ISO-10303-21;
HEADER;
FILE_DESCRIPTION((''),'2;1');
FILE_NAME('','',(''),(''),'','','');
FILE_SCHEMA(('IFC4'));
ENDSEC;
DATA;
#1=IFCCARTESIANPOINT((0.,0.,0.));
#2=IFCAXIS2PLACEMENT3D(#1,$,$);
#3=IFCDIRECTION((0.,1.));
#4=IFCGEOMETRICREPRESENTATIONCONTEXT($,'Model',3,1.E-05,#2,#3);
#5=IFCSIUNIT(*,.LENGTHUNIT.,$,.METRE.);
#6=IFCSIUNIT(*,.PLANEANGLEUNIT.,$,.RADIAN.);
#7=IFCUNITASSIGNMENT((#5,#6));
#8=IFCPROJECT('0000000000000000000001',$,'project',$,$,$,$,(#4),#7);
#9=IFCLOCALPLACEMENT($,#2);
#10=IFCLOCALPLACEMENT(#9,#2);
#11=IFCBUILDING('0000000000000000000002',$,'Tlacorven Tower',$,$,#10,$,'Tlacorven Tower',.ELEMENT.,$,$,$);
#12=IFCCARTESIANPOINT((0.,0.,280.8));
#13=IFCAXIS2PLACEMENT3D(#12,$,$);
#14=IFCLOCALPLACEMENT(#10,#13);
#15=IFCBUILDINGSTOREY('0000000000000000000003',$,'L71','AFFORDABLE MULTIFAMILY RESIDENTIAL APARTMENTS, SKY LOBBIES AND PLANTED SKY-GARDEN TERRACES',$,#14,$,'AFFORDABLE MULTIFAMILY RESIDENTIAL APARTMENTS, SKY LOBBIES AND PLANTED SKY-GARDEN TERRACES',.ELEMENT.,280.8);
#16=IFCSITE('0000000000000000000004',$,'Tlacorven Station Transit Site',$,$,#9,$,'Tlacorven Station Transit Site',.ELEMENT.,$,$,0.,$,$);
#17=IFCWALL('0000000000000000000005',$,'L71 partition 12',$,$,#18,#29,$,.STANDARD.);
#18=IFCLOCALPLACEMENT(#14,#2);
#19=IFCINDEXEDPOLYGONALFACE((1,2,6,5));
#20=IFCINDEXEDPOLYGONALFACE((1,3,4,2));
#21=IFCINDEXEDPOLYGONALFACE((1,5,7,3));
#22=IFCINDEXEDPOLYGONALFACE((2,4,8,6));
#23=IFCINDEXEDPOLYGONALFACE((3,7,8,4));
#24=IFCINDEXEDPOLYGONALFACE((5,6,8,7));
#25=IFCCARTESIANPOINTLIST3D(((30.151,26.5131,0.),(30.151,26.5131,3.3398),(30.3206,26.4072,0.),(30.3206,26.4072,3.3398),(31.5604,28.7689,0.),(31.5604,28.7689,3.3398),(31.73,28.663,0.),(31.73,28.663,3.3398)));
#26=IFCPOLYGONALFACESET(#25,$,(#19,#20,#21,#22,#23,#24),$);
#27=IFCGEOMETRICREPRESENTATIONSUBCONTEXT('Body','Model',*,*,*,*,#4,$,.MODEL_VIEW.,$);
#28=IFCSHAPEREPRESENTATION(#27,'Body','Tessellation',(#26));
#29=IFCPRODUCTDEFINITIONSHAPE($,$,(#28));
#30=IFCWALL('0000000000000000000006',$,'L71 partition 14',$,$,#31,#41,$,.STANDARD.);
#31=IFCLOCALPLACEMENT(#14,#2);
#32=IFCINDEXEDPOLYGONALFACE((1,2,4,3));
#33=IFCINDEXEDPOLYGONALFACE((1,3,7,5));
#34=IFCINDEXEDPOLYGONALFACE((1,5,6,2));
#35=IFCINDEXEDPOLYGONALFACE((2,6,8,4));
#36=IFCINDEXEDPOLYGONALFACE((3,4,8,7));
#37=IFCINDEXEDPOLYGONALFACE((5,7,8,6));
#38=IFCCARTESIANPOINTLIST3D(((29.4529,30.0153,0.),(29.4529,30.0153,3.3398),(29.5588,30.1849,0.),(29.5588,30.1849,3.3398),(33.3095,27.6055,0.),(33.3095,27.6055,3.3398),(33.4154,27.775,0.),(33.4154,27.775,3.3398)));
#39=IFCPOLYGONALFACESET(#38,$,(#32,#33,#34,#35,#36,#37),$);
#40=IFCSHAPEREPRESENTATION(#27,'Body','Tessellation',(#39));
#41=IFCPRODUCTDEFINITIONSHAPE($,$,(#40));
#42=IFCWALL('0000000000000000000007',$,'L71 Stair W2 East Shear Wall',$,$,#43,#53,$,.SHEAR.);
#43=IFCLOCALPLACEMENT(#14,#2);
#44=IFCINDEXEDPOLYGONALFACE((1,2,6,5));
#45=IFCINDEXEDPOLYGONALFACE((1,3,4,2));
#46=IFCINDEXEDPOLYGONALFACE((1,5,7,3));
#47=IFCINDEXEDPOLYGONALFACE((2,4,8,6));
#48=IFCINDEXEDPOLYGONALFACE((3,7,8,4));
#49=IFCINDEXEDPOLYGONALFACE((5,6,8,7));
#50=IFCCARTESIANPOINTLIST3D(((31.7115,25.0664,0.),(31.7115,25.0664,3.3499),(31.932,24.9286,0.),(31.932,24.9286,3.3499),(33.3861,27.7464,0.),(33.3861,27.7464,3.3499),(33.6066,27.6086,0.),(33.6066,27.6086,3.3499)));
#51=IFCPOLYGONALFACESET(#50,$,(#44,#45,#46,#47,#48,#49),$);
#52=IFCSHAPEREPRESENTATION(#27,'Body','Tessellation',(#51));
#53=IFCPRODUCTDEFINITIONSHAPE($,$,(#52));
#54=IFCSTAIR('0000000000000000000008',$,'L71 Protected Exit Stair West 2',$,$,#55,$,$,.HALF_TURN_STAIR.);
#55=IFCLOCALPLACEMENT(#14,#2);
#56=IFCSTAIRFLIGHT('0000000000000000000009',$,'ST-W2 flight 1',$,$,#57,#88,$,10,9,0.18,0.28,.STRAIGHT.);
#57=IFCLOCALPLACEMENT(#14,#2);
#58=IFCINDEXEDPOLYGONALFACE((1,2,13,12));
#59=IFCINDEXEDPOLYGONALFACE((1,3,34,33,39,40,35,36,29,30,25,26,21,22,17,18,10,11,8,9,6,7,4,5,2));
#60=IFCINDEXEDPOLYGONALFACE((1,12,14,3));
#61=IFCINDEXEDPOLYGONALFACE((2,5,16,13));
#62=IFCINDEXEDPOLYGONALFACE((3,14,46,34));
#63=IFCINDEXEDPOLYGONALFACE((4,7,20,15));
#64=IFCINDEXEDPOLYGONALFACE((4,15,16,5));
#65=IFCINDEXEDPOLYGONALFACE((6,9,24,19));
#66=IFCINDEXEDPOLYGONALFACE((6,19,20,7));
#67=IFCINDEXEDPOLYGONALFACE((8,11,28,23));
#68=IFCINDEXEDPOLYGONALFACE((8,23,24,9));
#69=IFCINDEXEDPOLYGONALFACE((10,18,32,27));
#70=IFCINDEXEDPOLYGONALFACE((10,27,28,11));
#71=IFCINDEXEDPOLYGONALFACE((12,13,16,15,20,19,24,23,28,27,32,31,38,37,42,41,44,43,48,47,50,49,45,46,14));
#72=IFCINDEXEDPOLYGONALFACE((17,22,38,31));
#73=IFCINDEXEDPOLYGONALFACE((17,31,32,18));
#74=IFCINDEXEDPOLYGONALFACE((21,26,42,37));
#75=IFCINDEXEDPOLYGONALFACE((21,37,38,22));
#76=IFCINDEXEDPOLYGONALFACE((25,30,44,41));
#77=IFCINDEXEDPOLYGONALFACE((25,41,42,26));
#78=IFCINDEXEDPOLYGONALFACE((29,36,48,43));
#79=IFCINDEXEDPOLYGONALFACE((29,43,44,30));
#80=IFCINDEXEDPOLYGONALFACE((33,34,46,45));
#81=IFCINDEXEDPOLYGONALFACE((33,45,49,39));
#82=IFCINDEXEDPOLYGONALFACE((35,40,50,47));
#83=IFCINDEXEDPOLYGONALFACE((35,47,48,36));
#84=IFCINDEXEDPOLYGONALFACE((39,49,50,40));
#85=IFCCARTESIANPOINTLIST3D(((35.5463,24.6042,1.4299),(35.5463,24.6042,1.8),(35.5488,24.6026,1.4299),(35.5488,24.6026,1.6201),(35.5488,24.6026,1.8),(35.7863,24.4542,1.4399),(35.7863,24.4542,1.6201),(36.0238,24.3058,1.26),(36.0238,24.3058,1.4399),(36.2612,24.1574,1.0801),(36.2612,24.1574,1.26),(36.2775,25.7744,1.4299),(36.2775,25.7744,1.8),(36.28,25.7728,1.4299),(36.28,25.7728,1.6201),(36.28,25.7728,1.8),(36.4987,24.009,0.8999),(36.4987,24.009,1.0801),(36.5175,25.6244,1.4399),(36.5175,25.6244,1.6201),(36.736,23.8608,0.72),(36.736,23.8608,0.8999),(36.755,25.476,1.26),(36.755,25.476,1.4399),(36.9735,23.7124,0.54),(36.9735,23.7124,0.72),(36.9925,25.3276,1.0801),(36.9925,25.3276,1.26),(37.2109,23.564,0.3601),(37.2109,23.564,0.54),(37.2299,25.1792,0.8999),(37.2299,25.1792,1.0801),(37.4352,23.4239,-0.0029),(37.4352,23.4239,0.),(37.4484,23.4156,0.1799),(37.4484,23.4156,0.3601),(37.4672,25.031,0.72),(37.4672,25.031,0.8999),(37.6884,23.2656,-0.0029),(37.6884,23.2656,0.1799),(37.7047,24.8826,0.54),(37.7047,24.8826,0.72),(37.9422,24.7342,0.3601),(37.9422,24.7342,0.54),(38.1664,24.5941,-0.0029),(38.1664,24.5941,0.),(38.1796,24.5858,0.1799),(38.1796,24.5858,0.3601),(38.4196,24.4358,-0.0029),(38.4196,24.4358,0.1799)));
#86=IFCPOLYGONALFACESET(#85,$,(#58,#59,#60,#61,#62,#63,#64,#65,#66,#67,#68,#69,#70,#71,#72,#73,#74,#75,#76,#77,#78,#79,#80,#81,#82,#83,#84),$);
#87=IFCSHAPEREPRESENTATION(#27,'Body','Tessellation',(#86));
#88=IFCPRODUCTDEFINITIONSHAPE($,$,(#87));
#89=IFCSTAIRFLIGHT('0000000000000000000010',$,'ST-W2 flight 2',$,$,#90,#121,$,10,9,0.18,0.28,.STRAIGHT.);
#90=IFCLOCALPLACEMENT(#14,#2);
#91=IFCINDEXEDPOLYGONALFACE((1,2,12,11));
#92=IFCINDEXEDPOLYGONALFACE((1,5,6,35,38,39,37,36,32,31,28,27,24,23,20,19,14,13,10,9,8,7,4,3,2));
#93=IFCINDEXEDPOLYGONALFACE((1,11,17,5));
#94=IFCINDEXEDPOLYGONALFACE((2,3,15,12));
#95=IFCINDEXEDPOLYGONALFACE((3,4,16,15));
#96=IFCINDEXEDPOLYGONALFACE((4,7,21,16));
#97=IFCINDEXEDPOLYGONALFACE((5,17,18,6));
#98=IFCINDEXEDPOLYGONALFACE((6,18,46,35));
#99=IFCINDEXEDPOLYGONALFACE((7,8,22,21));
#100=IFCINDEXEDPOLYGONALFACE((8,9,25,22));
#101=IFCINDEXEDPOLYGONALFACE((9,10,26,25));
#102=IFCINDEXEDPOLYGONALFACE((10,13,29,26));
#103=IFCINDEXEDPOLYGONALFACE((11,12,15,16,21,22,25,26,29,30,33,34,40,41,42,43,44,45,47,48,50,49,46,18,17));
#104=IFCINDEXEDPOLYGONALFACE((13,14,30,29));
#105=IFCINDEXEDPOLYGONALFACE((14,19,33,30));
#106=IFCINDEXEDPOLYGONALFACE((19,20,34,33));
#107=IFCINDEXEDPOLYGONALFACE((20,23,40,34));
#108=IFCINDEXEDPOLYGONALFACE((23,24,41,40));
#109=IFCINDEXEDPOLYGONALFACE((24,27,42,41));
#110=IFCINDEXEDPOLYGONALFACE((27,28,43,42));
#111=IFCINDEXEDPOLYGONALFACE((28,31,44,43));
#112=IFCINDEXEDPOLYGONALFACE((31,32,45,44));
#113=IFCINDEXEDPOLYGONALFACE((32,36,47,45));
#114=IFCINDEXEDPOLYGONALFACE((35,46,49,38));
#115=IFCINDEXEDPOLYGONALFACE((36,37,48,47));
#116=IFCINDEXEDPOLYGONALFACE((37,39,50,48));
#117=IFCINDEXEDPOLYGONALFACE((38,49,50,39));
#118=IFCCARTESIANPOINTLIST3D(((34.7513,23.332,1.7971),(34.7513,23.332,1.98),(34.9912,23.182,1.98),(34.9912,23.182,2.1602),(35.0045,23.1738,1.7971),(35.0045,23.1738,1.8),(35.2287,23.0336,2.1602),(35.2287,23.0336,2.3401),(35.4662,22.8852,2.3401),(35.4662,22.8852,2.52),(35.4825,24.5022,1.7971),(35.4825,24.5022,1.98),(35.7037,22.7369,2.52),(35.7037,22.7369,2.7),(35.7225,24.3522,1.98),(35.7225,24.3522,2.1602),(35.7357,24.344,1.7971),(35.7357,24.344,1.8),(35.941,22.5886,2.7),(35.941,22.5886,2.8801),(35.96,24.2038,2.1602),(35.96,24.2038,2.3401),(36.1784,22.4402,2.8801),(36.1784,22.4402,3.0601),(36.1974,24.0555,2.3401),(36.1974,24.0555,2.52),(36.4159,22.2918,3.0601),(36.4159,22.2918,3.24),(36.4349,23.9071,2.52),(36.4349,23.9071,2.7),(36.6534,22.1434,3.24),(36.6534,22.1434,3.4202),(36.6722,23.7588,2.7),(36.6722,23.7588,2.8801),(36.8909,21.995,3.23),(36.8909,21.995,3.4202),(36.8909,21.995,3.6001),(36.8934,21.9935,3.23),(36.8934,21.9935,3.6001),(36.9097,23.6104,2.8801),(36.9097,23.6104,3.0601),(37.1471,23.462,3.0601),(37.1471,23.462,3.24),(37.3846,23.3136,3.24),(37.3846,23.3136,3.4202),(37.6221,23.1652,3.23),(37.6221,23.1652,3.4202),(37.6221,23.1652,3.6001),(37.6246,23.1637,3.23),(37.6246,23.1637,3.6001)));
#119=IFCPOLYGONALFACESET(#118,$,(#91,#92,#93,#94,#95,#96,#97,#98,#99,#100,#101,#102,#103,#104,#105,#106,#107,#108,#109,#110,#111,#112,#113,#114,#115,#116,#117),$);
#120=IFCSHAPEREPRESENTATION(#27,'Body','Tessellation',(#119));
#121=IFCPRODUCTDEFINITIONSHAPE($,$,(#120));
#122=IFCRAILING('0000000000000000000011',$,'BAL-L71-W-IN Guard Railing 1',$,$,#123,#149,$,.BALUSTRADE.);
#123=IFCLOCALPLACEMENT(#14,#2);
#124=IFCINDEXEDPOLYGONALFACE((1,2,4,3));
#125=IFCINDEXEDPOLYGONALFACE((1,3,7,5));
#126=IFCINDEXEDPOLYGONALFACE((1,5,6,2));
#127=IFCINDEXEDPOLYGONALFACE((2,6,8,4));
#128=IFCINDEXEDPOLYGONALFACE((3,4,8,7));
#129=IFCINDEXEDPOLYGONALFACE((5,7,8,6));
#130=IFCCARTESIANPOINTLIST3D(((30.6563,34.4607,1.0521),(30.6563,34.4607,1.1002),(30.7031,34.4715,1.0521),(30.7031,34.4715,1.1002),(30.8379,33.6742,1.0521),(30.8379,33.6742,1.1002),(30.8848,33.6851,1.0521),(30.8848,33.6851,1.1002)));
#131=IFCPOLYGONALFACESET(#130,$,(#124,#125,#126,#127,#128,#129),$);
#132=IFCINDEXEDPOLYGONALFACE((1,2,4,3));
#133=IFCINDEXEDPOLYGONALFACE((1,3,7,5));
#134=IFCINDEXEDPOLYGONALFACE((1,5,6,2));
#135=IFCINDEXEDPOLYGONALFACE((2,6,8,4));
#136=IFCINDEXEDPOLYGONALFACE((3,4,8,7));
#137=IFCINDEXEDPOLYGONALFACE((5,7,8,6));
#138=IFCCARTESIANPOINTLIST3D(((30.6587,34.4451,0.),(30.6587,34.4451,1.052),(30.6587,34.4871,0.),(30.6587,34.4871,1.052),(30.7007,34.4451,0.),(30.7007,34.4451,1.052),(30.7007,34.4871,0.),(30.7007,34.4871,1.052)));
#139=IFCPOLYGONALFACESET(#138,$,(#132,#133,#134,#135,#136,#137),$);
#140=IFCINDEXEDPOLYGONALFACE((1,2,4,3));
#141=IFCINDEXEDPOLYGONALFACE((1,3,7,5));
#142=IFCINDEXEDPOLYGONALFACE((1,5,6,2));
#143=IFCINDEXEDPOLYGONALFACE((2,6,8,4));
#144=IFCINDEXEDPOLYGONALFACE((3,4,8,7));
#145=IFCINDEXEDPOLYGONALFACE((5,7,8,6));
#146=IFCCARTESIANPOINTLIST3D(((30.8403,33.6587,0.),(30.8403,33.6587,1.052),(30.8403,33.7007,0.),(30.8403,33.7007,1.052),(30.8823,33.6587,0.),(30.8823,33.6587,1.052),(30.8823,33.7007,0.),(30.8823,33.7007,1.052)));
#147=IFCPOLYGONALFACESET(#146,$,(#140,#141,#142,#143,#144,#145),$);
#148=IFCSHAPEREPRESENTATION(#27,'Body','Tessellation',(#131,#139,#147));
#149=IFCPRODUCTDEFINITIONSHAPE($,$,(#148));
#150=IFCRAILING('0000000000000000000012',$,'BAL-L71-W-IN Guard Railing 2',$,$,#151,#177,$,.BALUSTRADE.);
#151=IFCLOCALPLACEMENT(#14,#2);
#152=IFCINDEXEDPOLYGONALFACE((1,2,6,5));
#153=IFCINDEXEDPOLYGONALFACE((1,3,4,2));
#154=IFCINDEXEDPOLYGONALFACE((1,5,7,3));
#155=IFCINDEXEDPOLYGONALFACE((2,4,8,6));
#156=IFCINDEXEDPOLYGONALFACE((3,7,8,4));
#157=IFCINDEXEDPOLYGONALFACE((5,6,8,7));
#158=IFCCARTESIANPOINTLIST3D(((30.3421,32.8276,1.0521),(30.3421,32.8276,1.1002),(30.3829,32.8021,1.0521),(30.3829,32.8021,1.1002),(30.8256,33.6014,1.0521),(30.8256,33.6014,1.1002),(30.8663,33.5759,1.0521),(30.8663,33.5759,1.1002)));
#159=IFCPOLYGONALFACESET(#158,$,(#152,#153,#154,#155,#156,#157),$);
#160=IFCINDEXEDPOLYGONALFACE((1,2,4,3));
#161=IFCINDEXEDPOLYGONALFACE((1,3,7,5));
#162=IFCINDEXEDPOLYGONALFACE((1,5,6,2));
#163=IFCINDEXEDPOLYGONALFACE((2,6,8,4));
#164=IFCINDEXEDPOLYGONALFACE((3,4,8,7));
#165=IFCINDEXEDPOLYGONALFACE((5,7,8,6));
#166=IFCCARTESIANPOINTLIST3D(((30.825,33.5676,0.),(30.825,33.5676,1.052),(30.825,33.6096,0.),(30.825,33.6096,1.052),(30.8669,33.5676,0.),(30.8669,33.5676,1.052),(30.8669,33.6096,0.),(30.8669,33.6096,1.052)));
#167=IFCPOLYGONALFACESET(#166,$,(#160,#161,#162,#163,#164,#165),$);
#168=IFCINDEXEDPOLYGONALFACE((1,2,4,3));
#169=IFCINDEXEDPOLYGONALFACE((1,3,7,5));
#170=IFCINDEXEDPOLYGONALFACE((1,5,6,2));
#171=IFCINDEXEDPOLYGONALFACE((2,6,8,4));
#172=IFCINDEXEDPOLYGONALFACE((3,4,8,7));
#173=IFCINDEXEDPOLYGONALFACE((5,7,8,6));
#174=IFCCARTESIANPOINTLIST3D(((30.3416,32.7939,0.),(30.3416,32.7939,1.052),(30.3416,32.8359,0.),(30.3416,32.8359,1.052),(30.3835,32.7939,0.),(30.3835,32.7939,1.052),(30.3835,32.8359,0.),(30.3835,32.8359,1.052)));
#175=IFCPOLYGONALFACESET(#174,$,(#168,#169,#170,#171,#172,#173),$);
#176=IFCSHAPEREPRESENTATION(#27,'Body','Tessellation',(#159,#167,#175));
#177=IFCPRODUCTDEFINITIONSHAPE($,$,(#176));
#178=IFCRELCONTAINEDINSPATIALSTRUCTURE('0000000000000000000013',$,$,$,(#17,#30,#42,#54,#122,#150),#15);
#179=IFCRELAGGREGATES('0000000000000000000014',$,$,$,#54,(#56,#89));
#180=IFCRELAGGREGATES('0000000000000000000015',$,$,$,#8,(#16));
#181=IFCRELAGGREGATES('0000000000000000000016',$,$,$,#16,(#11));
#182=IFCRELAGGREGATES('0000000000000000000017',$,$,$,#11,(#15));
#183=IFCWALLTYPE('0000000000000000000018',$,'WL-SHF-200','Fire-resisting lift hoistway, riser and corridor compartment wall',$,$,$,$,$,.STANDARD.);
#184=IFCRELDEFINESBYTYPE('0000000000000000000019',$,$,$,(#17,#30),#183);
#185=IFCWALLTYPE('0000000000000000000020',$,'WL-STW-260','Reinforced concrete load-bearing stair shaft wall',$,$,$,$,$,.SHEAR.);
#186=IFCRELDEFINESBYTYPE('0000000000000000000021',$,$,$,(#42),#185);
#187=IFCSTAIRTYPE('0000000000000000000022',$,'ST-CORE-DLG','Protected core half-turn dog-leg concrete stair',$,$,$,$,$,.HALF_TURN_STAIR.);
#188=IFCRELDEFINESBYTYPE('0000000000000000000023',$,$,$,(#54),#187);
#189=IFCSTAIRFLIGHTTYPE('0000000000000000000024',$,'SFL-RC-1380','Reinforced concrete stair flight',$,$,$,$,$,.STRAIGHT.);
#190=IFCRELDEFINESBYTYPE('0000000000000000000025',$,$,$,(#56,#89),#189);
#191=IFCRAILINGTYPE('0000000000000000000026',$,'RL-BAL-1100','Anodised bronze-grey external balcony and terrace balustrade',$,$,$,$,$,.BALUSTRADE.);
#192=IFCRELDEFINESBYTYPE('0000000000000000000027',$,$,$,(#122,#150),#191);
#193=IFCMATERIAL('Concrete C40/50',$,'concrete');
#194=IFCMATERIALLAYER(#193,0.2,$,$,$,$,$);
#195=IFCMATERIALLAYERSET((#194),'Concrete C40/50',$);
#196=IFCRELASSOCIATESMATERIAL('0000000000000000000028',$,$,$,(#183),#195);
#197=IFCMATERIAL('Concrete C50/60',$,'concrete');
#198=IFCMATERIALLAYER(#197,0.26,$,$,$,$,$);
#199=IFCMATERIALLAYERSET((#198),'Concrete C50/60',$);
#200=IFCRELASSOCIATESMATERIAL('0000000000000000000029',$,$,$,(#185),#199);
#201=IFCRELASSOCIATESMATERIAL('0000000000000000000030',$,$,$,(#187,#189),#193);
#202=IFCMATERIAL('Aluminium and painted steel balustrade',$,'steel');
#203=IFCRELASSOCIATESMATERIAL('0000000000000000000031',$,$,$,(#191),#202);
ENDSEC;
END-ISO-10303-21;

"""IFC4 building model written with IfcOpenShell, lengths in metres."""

from ifc_helpers import new_model, si_unit, direction, frame, frame_2d, origin, origin_2d, place, context, subcontext, project, spatial, polyline, rectangle, outline, extrude, source, transform, mapped, material, layer, layer_set, type_object, element, aggregate, save


model = new_model("IFC4")

# Units and contexts
model_context = context("Model", 3, precision=1e-05, world=origin(), true_north=direction((0.0, 1.0)))
body_context = subcontext(model_context, "Body", "Model", "MODEL_VIEW")
ifc_project = project(units=[si_unit("LENGTHUNIT", "METRE"), si_unit("PLANEANGLEUNIT", "RADIAN")], contexts=[model_context])

# Site, building, storey
site_placement = place(None, origin())
site = spatial("IfcSite", under=ifc_project, at=site_placement, Name="Tlacorven Station Transit Site", LongName="Tlacorven Station Transit Site", CompositionType="ELEMENT", RefElevation=0.0)
building_placement = place(site_placement, origin())
building = spatial("IfcBuilding", under=site, at=building_placement, Name="Tlacorven Tower", LongName="Tlacorven Tower", CompositionType="ELEMENT")
storey_placement = place(building_placement, frame((0.0, 0.0, 280.8)))
storey = spatial("IfcBuildingStorey", under=building, at=storey_placement, Name="L71", Description="AFFORDABLE MULTIFAMILY RESIDENTIAL APARTMENTS, SKY LOBBIES AND PLANTED SKY-GARDEN TERRACES", LongName="AFFORDABLE MULTIFAMILY RESIDENTIAL APARTMENTS, SKY LOBBIES AND PLANTED SKY-GARDEN TERRACES", CompositionType="ELEMENT", Elevation=280.8)

# Shared definitions
ifc_material_1 = material(Name="Concrete C40/50", Category="concrete")
ifc_layer_1 = layer(ifc_material_1, 0.2)
ifc_layer_set_1 = layer_set([ifc_layer_1], Name="Concrete C40/50")
wall_type_1 = type_object("IfcWallType", Name="WL-SHF-200", Description="Fire-resisting lift hoistway, riser and corridor compartment wall", PredefinedType="STANDARD", material=ifc_layer_set_1)

# Walls
wall_1_placement = place(storey_placement, frame((31.6453, 28.7161, 0.0), z_axis=(0.0, 0.0, 1.0), x_axis=(-0.529867, -0.848081, 0.0)))
element("IfcWall", 1, at=wall_1_placement, inside=storey, type_object=wall_type_1, Name="L71 partition 12", PredefinedType="STANDARD", context=body_context, shape_type="SweptSolid", body=[
    extrude(rectangle(XDim=2.6599, YDim=0.2, at=frame_2d((1.3301, 0.0))), origin(), (0.0, 0.0, 1.0), 3.3398),
])
wall_2_placement = place(storey_placement, frame((33.3625, 27.6902, 0.0), z_axis=(0.0, 0.0, 1.0), x_axis=(-0.84805, 0.529917, 0.0)))
element("IfcWall", 2, at=wall_2_placement, inside=storey, type_object=wall_type_1, Name="L71 partition 14", PredefinedType="STANDARD", context=body_context, shape_type="SweptSolid", body=[
    extrude(rectangle(XDim=4.5476, YDim=0.2, at=frame_2d((2.2739, 0.0))), origin(), (0.0, 0.0, 1.0), 3.3398),
])
ifc_material_2 = material(Name="Concrete C50/60", Category="concrete")
ifc_layer_2 = layer(ifc_material_2, 0.26)
ifc_layer_set_2 = layer_set([ifc_layer_2], Name="Concrete C50/60")
wall_type_2 = type_object("IfcWallType", Name="WL-STW-260", Description="Reinforced concrete load-bearing stair shaft wall", PredefinedType="SHEAR", material=ifc_layer_set_2)
wall_3_placement = place(storey_placement, frame((33.4963, 27.6775, 0.0), z_axis=(0.0, 0.0, 1.0), x_axis=(-0.529909, -0.848055, 0.0)))
element("IfcWall", 3, at=wall_3_placement, inside=storey, type_object=wall_type_2, Name="L71 Stair W2 East Shear Wall", PredefinedType="SHEAR", context=body_context, shape_type="SweptSolid", body=[
    extrude(rectangle(XDim=3.1602, YDim=0.26, at=frame_2d((1.5801, 0.0))), origin(), (0.0, 0.0, 1.0), 3.3499),
])

# Stair, stair flights
stair_type = type_object("IfcStairType", Name="ST-CORE-DLG", Description="Protected core half-turn dog-leg concrete stair", PredefinedType="HALF_TURN_STAIR", material=ifc_material_1)
stair_placement = place(storey_placement, origin())
stair = element("IfcStair", 4, at=stair_placement, inside=storey, type_object=stair_type, Name="L71 Protected Exit Stair West 2", PredefinedType="HALF_TURN_STAIR")
stair_flight_type = type_object("IfcStairFlightType", Name="SFL-RC-1380", Description="Reinforced concrete stair flight", PredefinedType="STRAIGHT", material=ifc_material_1)
shared_shape_1 = source(origin(), body_context, "Body", "SweptSolid", [
    extrude(outline(polyline([(-0.0029, -0.0029), (-0.0029, 0.1799), (0.28, 0.1799), (0.28, 0.3601), (0.5601, 0.3601), (0.5601, 0.54), (0.8401, 0.54), (0.8401, 0.72), (1.1201, 0.72), (1.1201, 0.8999), (1.3999, 0.8999), (1.3999, 1.0801), (1.6799, 1.0801), (1.6799, 1.26), (1.96, 1.26), (1.96, 1.4399), (2.24, 1.4399), (2.24, 1.6201), (2.52, 1.6201), (2.52, 1.8), (2.5229, 1.8), (2.5229, 1.4299), (2.52, 1.4299), (0.2957, 0.0), (0.2957, -0.0029), (-0.0029, -0.0029)])), frame((0.0, 0.6899, 0.0), z_axis=(0.0, -1.0, 0.0), x_axis=(1.0, 0.0, 0.0)), (0.0, 0.0, 1.0), 1.3799),
])
stair_flight_1_placement = place(storey_placement, frame((38.0515, 23.8523, 0.0), z_axis=(0.0, 0.0, 1.0), x_axis=(-0.848048, 0.529919, 0.0)))
stair_flight_1 = element("IfcStairFlight", 5, at=stair_flight_1_placement, type_object=stair_flight_type, Name="ST-W2 flight 1", NumberOfRisers=10, NumberOfTreads=9, PredefinedType="STRAIGHT", RiserHeight=0.18, TreadLength=0.28, context=body_context, shape_type="MappedRepresentation", body=[
    mapped(shared_shape_1, transform((0.0, 0.0, 0.0), scale=1.0)),
])
stair_flight_2_placement = place(storey_placement, frame((35.1194, 23.9155, 1.8), z_axis=(0.0, 0.0, 1.0), x_axis=(0.848048, -0.529919, 0.0)))
stair_flight_2 = element("IfcStairFlight", 6, at=stair_flight_2_placement, type_object=stair_flight_type, Name="ST-W2 flight 2", NumberOfRisers=10, NumberOfTreads=9, PredefinedType="STRAIGHT", RiserHeight=0.18, TreadLength=0.28, context=body_context, shape_type="MappedRepresentation", body=[
    mapped(shared_shape_1, transform((0.0, 0.0, 0.0), scale=1.0)),
])
aggregate(stair, [stair_flight_1, stair_flight_2])

# Railings
ifc_material_3 = material(Name="Aluminium and painted steel balustrade", Category="steel")
railing_type_1 = type_object("IfcRailingType", Name="RL-BAL-1100", Description="Anodised bronze-grey external balcony and terrace balustrade", PredefinedType="BALUSTRADE", material=ifc_material_3)
shared_shape_2 = source(origin(), body_context, "Body", "SweptSolid", [
    extrude(rectangle(XDim=0.0481, YDim=0.0481, at=origin_2d()), frame((0.0, 0.0, 1.0762), z_axis=(0.225058, -0.974345, 0.0), x_axis=(0.974345, 0.225058, 0.0)), (0.0, 0.0, 1.0), 0.8071),
    extrude(rectangle(XDim=0.042, YDim=0.042, at=origin_2d()), origin(), (0.0, 0.0, 1.0), 1.052),
    extrude(rectangle(XDim=0.042, YDim=0.042, at=origin_2d()), frame((0.1816, -0.7864, 0.0)), (0.0, 0.0, 1.0), 1.052),
])
railing_1_placement = place(storey_placement, frame((30.6797, 34.4661, 0.0)))
element("IfcRailing", 7, at=railing_1_placement, inside=storey, type_object=railing_type_1, Name="BAL-L71-W-IN Guard Railing 1", PredefinedType="BALUSTRADE", context=body_context, shape_type="MappedRepresentation", body=[
    mapped(shared_shape_2, transform((0.0, 0.0, 0.0), scale=1.0)),
])
shared_shape_3 = source(origin(), body_context, "Body", "SweptSolid", [
    extrude(rectangle(XDim=0.0481, YDim=0.0481, at=origin_2d()), frame((0.0, 0.0, 1.0762), z_axis=(-0.529879, -0.848073, 0.0), x_axis=(0.848073, -0.529879, 0.0)), (0.0, 0.0, 1.0), 0.9124),
    extrude(rectangle(XDim=0.042, YDim=0.042, at=origin_2d()), origin(), (0.0, 0.0, 1.0), 1.052),
    extrude(rectangle(XDim=0.042, YDim=0.042, at=origin_2d()), frame((-0.4834, -0.7737, 0.0)), (0.0, 0.0, 1.0), 1.052),
])
railing_2_placement = place(storey_placement, frame((30.8459, 33.5886, 0.0)))
element("IfcRailing", 8, at=railing_2_placement, inside=storey, type_object=railing_type_1, Name="BAL-L71-W-IN Guard Railing 2", PredefinedType="BALUSTRADE", context=body_context, shape_type="MappedRepresentation", body=[
    mapped(shared_shape_3, transform((0.0, 0.0, 0.0), scale=1.0)),
])

save(model, "model.ifc")
